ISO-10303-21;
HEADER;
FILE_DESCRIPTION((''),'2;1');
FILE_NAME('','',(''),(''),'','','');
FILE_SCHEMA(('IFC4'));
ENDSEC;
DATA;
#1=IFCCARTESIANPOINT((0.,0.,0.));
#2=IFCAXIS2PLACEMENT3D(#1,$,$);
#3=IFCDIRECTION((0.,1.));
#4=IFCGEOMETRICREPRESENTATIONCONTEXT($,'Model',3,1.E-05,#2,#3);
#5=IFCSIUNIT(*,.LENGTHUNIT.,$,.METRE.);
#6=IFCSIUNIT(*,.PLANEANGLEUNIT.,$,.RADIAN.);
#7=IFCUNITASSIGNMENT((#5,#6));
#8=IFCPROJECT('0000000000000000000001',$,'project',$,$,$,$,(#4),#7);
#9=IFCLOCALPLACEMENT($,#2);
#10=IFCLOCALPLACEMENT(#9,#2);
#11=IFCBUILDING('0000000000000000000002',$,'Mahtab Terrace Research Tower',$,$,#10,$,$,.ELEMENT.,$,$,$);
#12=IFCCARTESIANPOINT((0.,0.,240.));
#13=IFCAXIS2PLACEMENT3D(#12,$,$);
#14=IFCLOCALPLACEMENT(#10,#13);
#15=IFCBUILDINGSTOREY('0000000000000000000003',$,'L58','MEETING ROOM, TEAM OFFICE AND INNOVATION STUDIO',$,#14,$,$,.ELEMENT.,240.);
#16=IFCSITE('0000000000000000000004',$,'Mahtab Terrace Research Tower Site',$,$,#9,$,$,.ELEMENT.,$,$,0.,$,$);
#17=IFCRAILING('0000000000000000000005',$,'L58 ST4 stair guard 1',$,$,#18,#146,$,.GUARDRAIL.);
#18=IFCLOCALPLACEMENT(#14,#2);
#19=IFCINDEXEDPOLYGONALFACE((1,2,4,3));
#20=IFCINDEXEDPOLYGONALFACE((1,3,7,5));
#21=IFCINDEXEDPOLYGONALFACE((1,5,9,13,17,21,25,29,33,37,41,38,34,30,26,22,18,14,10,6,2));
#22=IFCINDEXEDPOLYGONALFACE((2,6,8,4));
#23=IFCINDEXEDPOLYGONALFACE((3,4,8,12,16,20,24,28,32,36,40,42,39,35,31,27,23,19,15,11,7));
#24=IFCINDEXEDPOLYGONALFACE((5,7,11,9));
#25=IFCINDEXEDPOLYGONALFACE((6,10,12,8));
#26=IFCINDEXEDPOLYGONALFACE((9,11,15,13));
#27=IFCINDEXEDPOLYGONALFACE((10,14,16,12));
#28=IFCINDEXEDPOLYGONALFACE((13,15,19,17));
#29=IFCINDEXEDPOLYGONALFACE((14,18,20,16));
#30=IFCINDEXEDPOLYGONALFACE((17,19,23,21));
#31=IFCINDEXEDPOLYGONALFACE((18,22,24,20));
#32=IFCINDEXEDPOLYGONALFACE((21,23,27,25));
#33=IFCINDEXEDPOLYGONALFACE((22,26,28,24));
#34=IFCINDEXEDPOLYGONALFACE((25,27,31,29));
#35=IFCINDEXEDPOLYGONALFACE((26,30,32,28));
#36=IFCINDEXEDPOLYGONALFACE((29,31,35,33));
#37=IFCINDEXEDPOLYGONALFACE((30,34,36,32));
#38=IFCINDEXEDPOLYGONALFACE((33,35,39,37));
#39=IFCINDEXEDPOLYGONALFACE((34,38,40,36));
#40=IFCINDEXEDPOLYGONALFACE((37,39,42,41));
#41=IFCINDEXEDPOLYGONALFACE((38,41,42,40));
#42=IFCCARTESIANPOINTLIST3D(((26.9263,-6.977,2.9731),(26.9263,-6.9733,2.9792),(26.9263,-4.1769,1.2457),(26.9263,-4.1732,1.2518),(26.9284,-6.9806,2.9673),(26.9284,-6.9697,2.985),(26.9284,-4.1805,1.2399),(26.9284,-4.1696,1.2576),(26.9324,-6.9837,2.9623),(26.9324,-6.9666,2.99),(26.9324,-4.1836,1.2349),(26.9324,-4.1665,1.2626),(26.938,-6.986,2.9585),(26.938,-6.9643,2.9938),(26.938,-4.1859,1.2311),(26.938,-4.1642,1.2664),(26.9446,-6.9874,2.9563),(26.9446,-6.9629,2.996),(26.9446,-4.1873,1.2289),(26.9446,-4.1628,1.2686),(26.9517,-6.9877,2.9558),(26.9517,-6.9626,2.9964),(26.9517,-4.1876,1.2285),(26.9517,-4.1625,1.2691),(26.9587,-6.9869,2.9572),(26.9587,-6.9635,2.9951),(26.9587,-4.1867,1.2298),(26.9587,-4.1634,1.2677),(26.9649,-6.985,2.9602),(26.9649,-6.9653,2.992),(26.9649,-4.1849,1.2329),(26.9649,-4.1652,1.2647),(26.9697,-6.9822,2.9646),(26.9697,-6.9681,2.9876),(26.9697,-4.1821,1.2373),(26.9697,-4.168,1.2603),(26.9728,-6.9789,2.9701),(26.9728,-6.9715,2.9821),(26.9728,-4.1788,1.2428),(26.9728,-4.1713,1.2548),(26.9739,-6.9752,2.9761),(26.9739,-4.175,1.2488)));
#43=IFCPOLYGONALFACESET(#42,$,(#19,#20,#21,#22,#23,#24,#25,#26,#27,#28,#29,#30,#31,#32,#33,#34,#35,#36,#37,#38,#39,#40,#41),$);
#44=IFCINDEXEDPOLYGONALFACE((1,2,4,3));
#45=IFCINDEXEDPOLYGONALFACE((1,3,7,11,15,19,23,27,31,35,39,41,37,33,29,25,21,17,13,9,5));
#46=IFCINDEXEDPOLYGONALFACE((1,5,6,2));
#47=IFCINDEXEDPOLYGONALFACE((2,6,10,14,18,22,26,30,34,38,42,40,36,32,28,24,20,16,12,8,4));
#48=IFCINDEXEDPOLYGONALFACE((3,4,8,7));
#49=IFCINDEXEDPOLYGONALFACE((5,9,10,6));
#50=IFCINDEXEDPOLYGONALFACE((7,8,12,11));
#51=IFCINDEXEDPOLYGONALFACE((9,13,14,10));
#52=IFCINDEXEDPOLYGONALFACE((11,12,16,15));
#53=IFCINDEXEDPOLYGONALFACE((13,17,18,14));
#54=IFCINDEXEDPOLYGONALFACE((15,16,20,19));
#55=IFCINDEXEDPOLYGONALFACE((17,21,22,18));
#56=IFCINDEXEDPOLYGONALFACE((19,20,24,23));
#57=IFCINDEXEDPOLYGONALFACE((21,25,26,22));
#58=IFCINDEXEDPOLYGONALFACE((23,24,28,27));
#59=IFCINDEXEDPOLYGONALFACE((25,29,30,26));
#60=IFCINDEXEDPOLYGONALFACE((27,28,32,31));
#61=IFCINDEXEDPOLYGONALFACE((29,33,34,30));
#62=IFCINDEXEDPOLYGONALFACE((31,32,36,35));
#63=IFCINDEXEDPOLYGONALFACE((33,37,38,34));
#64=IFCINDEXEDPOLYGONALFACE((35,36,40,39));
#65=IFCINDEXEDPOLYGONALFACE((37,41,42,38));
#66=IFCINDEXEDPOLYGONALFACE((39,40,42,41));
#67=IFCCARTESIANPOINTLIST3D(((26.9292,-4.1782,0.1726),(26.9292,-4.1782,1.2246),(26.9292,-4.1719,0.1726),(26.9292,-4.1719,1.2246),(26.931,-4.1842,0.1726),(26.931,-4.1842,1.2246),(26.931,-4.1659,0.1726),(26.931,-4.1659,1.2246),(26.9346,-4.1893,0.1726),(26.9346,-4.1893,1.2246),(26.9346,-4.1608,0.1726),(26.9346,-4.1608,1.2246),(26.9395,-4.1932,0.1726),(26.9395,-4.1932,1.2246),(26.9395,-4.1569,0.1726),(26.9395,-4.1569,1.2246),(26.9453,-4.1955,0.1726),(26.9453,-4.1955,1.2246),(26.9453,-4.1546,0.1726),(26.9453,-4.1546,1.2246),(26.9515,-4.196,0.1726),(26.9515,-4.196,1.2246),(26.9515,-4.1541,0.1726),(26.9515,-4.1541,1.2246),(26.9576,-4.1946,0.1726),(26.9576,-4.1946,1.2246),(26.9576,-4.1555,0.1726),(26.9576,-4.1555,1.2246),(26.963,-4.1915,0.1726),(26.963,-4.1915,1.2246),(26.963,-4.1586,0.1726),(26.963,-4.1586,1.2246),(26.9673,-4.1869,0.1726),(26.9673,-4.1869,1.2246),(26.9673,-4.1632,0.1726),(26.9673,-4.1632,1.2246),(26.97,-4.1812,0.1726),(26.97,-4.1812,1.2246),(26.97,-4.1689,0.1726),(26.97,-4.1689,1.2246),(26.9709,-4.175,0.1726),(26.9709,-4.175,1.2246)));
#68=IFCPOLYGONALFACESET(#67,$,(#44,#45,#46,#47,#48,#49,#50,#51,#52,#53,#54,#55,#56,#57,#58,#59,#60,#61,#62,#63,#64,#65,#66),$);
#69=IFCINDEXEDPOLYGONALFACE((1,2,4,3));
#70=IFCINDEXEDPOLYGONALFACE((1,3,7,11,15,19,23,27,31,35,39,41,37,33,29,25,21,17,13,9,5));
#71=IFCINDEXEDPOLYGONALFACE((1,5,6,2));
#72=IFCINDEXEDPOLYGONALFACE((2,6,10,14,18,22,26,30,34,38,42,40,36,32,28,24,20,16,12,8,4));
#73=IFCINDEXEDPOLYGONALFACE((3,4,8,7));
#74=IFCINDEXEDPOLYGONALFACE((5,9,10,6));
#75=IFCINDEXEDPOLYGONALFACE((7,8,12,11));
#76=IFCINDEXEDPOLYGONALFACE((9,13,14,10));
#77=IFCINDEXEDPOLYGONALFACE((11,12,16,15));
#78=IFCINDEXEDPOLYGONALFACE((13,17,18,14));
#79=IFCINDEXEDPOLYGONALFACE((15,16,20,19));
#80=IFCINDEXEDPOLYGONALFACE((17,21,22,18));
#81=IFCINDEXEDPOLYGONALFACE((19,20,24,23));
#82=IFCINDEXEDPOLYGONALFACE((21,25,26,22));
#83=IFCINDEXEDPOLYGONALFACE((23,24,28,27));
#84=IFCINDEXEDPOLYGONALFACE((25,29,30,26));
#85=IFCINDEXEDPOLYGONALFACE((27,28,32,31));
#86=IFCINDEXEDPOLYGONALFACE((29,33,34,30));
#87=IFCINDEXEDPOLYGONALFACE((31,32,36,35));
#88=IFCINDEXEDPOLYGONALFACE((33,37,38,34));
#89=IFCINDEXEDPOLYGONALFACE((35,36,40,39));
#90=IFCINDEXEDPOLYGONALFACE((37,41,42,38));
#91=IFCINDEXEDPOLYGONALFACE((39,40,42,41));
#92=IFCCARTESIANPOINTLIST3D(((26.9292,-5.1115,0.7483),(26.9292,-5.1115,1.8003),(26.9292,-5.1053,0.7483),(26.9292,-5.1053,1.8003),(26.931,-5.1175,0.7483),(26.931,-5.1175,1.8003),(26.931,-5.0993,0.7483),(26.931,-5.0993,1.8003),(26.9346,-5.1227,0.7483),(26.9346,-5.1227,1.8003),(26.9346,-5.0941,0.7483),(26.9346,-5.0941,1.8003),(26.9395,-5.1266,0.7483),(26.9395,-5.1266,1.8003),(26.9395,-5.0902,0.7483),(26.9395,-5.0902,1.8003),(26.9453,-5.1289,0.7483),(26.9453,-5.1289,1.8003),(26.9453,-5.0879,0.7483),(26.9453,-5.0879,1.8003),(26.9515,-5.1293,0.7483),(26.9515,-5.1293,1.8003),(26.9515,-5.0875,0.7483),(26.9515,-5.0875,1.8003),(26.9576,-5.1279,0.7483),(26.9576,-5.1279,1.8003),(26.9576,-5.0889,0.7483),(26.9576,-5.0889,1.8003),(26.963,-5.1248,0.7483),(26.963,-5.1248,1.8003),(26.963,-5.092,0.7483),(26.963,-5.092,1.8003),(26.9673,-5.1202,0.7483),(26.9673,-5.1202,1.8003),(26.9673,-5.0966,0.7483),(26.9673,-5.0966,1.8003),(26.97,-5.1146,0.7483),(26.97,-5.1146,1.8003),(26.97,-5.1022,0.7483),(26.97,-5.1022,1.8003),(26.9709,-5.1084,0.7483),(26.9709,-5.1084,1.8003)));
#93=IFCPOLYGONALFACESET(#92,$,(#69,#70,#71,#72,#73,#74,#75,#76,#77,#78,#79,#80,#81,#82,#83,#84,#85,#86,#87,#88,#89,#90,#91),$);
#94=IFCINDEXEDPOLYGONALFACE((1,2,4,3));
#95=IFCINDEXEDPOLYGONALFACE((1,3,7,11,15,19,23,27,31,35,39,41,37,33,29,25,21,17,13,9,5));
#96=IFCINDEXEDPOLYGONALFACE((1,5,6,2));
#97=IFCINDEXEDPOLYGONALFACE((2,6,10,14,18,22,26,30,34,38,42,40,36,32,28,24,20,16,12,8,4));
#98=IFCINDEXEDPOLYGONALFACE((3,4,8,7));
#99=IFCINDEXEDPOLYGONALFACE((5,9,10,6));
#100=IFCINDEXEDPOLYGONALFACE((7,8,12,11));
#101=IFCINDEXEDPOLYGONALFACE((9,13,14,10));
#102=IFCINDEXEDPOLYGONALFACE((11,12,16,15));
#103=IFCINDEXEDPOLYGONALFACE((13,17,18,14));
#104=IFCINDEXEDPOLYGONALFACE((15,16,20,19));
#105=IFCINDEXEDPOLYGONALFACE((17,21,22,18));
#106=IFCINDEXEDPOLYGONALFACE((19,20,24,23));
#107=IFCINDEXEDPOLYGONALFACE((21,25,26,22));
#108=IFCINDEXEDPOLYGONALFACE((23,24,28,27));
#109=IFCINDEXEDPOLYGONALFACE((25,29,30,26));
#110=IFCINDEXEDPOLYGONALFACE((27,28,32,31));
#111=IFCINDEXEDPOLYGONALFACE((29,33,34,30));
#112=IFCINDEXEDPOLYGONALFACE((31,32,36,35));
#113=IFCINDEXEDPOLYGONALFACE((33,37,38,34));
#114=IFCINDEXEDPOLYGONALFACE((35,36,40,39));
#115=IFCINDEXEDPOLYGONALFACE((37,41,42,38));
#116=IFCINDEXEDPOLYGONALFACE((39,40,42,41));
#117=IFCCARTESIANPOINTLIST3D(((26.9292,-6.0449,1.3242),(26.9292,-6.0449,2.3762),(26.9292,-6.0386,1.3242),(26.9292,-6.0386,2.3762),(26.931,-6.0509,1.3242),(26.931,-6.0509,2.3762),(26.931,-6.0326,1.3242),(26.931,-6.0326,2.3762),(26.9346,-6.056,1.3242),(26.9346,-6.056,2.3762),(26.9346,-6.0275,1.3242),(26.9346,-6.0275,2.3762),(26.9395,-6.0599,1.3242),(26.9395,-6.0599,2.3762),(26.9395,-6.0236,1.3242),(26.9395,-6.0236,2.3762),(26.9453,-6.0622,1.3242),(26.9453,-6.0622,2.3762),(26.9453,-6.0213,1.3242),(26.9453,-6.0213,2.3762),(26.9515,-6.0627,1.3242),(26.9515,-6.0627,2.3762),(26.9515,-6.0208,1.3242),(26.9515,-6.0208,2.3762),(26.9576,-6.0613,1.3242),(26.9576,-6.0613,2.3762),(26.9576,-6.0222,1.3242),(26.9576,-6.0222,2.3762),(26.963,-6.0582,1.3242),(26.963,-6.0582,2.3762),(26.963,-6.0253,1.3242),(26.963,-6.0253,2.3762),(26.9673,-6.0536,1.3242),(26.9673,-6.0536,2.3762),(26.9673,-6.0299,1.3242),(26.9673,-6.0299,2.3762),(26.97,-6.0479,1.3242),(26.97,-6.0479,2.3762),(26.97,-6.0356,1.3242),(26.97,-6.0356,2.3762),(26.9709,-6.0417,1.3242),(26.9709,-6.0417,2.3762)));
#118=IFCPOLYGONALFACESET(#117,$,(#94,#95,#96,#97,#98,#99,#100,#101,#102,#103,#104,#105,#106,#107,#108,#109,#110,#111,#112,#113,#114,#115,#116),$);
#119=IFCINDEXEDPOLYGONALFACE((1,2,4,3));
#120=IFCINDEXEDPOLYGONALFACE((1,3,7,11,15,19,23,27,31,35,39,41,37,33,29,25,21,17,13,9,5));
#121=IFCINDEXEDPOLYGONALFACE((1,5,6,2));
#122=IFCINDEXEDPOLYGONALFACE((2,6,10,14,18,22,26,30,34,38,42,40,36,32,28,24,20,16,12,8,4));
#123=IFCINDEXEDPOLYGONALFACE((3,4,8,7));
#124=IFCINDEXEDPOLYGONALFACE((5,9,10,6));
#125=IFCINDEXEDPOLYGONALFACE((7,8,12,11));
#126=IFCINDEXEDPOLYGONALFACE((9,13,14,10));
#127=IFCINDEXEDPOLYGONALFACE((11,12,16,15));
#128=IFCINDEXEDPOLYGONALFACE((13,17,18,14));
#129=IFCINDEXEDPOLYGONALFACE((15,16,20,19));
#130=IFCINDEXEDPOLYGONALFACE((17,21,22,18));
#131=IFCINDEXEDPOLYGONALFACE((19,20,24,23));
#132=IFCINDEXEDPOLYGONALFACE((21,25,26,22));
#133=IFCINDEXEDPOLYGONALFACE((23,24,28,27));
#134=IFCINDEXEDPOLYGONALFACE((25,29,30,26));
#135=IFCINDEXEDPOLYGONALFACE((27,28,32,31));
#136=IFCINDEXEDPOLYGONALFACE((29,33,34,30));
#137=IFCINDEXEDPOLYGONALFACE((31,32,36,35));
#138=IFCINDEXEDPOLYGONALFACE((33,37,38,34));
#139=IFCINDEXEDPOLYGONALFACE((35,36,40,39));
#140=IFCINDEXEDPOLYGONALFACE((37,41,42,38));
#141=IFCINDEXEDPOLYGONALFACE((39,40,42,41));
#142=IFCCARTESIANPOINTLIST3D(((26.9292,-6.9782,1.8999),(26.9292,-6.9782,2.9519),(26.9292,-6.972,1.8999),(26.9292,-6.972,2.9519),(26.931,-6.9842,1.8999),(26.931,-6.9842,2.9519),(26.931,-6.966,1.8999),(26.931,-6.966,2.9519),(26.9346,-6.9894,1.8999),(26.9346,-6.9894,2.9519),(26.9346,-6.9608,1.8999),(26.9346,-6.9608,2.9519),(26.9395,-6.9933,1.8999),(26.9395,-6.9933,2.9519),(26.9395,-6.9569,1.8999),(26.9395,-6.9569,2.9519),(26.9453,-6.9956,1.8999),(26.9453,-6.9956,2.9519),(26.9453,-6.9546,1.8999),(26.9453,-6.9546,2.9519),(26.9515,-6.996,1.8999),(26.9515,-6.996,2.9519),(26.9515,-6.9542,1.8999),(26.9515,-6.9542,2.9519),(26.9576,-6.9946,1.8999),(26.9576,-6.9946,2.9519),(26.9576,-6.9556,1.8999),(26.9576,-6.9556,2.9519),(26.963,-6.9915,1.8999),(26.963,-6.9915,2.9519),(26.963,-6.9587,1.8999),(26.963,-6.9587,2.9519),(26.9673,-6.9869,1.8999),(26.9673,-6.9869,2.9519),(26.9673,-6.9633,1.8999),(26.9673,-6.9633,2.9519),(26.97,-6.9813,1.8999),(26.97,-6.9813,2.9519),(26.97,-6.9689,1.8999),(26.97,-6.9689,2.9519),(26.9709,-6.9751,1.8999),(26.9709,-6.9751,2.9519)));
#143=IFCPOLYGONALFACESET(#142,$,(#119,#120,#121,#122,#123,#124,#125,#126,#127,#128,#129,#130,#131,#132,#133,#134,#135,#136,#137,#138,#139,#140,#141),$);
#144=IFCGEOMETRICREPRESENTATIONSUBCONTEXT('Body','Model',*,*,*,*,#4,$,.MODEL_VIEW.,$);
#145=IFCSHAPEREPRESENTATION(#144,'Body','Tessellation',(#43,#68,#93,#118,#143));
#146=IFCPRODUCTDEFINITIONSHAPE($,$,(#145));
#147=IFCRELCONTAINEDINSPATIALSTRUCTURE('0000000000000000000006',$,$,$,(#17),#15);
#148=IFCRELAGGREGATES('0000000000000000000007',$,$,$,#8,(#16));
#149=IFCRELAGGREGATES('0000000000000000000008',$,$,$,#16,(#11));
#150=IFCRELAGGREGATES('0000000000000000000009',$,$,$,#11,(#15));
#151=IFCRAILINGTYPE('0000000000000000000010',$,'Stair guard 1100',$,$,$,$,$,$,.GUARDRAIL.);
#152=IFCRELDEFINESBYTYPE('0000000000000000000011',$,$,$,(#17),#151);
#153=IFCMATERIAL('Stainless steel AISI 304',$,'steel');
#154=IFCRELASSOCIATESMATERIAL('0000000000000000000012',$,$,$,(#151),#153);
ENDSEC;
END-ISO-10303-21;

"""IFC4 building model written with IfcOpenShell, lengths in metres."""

from ifc_helpers import new_model, si_unit, direction, frame, origin, origin_2d, place, context, subcontext, project, spatial, circle, extrude, material, type_object, element, save


model = new_model("IFC4")

# Units and contexts
model_context = context("Model", 3, precision=1e-05, world=origin(), true_north=direction((0.0, 1.0)))
body_context = subcontext(model_context, "Body", "Model", "MODEL_VIEW")
ifc_project = project(units=[si_unit("LENGTHUNIT", "METRE"), si_unit("PLANEANGLEUNIT", "RADIAN")], contexts=[model_context])

# Site, building, storey
site_placement = place(None, origin())
site = spatial("IfcSite", under=ifc_project, at=site_placement, Name="Mahtab Terrace Research Tower Site", CompositionType="ELEMENT", RefElevation=0.0)
building_placement = place(site_placement, origin())
building = spatial("IfcBuilding", under=site, at=building_placement, Name="Mahtab Terrace Research Tower", CompositionType="ELEMENT")
storey_placement = place(building_placement, frame((0.0, 0.0, 240.0)))
storey = spatial("IfcBuildingStorey", under=building, at=storey_placement, Name="L58", Description="MEETING ROOM, TEAM OFFICE AND INNOVATION STUDIO", CompositionType="ELEMENT", Elevation=240.0)

# Railing
ifc_material_1 = material(Name="Stainless steel AISI 304", Category="steel")
railing_type_1 = type_object("IfcRailingType", Name="Stair guard 1100", PredefinedType="GUARDRAIL", material=ifc_material_1)
railing_1_placement = place(storey_placement, frame((26.95, -4.175, 0.1726)))
element("IfcRailing", 1, at=railing_1_placement, inside=storey, type_object=railing_type_1, Name="L58 ST4 stair guard 1", PredefinedType="GUARDRAIL", context=body_context, shape_type="SweptSolid", body=[
    extrude(circle(Radius=0.0239, at=origin_2d()), frame((0.0, 0.0, 1.0762), z_axis=(0.0, -0.85109, 0.52502), x_axis=(1.0, 0.0, 0.0)), (0.0, 0.0, 1.0), 3.29),
    extrude(circle(Radius=0.021, at=origin_2d()), origin(), (0.0, 0.0, 1.0), 1.052),
    extrude(circle(Radius=0.021, at=origin_2d()), frame((0.0, -0.9333, 0.5757)), (0.0, 0.0, 1.0), 1.052),
    extrude(circle(Radius=0.021, at=origin_2d()), frame((0.0, -1.8667, 1.1516)), (0.0, 0.0, 1.0), 1.052),
    extrude(circle(Radius=0.021, at=origin_2d()), frame((0.0, -2.8, 1.7273)), (0.0, 0.0, 1.0), 1.052),
])

save(model, "model.ifc")
